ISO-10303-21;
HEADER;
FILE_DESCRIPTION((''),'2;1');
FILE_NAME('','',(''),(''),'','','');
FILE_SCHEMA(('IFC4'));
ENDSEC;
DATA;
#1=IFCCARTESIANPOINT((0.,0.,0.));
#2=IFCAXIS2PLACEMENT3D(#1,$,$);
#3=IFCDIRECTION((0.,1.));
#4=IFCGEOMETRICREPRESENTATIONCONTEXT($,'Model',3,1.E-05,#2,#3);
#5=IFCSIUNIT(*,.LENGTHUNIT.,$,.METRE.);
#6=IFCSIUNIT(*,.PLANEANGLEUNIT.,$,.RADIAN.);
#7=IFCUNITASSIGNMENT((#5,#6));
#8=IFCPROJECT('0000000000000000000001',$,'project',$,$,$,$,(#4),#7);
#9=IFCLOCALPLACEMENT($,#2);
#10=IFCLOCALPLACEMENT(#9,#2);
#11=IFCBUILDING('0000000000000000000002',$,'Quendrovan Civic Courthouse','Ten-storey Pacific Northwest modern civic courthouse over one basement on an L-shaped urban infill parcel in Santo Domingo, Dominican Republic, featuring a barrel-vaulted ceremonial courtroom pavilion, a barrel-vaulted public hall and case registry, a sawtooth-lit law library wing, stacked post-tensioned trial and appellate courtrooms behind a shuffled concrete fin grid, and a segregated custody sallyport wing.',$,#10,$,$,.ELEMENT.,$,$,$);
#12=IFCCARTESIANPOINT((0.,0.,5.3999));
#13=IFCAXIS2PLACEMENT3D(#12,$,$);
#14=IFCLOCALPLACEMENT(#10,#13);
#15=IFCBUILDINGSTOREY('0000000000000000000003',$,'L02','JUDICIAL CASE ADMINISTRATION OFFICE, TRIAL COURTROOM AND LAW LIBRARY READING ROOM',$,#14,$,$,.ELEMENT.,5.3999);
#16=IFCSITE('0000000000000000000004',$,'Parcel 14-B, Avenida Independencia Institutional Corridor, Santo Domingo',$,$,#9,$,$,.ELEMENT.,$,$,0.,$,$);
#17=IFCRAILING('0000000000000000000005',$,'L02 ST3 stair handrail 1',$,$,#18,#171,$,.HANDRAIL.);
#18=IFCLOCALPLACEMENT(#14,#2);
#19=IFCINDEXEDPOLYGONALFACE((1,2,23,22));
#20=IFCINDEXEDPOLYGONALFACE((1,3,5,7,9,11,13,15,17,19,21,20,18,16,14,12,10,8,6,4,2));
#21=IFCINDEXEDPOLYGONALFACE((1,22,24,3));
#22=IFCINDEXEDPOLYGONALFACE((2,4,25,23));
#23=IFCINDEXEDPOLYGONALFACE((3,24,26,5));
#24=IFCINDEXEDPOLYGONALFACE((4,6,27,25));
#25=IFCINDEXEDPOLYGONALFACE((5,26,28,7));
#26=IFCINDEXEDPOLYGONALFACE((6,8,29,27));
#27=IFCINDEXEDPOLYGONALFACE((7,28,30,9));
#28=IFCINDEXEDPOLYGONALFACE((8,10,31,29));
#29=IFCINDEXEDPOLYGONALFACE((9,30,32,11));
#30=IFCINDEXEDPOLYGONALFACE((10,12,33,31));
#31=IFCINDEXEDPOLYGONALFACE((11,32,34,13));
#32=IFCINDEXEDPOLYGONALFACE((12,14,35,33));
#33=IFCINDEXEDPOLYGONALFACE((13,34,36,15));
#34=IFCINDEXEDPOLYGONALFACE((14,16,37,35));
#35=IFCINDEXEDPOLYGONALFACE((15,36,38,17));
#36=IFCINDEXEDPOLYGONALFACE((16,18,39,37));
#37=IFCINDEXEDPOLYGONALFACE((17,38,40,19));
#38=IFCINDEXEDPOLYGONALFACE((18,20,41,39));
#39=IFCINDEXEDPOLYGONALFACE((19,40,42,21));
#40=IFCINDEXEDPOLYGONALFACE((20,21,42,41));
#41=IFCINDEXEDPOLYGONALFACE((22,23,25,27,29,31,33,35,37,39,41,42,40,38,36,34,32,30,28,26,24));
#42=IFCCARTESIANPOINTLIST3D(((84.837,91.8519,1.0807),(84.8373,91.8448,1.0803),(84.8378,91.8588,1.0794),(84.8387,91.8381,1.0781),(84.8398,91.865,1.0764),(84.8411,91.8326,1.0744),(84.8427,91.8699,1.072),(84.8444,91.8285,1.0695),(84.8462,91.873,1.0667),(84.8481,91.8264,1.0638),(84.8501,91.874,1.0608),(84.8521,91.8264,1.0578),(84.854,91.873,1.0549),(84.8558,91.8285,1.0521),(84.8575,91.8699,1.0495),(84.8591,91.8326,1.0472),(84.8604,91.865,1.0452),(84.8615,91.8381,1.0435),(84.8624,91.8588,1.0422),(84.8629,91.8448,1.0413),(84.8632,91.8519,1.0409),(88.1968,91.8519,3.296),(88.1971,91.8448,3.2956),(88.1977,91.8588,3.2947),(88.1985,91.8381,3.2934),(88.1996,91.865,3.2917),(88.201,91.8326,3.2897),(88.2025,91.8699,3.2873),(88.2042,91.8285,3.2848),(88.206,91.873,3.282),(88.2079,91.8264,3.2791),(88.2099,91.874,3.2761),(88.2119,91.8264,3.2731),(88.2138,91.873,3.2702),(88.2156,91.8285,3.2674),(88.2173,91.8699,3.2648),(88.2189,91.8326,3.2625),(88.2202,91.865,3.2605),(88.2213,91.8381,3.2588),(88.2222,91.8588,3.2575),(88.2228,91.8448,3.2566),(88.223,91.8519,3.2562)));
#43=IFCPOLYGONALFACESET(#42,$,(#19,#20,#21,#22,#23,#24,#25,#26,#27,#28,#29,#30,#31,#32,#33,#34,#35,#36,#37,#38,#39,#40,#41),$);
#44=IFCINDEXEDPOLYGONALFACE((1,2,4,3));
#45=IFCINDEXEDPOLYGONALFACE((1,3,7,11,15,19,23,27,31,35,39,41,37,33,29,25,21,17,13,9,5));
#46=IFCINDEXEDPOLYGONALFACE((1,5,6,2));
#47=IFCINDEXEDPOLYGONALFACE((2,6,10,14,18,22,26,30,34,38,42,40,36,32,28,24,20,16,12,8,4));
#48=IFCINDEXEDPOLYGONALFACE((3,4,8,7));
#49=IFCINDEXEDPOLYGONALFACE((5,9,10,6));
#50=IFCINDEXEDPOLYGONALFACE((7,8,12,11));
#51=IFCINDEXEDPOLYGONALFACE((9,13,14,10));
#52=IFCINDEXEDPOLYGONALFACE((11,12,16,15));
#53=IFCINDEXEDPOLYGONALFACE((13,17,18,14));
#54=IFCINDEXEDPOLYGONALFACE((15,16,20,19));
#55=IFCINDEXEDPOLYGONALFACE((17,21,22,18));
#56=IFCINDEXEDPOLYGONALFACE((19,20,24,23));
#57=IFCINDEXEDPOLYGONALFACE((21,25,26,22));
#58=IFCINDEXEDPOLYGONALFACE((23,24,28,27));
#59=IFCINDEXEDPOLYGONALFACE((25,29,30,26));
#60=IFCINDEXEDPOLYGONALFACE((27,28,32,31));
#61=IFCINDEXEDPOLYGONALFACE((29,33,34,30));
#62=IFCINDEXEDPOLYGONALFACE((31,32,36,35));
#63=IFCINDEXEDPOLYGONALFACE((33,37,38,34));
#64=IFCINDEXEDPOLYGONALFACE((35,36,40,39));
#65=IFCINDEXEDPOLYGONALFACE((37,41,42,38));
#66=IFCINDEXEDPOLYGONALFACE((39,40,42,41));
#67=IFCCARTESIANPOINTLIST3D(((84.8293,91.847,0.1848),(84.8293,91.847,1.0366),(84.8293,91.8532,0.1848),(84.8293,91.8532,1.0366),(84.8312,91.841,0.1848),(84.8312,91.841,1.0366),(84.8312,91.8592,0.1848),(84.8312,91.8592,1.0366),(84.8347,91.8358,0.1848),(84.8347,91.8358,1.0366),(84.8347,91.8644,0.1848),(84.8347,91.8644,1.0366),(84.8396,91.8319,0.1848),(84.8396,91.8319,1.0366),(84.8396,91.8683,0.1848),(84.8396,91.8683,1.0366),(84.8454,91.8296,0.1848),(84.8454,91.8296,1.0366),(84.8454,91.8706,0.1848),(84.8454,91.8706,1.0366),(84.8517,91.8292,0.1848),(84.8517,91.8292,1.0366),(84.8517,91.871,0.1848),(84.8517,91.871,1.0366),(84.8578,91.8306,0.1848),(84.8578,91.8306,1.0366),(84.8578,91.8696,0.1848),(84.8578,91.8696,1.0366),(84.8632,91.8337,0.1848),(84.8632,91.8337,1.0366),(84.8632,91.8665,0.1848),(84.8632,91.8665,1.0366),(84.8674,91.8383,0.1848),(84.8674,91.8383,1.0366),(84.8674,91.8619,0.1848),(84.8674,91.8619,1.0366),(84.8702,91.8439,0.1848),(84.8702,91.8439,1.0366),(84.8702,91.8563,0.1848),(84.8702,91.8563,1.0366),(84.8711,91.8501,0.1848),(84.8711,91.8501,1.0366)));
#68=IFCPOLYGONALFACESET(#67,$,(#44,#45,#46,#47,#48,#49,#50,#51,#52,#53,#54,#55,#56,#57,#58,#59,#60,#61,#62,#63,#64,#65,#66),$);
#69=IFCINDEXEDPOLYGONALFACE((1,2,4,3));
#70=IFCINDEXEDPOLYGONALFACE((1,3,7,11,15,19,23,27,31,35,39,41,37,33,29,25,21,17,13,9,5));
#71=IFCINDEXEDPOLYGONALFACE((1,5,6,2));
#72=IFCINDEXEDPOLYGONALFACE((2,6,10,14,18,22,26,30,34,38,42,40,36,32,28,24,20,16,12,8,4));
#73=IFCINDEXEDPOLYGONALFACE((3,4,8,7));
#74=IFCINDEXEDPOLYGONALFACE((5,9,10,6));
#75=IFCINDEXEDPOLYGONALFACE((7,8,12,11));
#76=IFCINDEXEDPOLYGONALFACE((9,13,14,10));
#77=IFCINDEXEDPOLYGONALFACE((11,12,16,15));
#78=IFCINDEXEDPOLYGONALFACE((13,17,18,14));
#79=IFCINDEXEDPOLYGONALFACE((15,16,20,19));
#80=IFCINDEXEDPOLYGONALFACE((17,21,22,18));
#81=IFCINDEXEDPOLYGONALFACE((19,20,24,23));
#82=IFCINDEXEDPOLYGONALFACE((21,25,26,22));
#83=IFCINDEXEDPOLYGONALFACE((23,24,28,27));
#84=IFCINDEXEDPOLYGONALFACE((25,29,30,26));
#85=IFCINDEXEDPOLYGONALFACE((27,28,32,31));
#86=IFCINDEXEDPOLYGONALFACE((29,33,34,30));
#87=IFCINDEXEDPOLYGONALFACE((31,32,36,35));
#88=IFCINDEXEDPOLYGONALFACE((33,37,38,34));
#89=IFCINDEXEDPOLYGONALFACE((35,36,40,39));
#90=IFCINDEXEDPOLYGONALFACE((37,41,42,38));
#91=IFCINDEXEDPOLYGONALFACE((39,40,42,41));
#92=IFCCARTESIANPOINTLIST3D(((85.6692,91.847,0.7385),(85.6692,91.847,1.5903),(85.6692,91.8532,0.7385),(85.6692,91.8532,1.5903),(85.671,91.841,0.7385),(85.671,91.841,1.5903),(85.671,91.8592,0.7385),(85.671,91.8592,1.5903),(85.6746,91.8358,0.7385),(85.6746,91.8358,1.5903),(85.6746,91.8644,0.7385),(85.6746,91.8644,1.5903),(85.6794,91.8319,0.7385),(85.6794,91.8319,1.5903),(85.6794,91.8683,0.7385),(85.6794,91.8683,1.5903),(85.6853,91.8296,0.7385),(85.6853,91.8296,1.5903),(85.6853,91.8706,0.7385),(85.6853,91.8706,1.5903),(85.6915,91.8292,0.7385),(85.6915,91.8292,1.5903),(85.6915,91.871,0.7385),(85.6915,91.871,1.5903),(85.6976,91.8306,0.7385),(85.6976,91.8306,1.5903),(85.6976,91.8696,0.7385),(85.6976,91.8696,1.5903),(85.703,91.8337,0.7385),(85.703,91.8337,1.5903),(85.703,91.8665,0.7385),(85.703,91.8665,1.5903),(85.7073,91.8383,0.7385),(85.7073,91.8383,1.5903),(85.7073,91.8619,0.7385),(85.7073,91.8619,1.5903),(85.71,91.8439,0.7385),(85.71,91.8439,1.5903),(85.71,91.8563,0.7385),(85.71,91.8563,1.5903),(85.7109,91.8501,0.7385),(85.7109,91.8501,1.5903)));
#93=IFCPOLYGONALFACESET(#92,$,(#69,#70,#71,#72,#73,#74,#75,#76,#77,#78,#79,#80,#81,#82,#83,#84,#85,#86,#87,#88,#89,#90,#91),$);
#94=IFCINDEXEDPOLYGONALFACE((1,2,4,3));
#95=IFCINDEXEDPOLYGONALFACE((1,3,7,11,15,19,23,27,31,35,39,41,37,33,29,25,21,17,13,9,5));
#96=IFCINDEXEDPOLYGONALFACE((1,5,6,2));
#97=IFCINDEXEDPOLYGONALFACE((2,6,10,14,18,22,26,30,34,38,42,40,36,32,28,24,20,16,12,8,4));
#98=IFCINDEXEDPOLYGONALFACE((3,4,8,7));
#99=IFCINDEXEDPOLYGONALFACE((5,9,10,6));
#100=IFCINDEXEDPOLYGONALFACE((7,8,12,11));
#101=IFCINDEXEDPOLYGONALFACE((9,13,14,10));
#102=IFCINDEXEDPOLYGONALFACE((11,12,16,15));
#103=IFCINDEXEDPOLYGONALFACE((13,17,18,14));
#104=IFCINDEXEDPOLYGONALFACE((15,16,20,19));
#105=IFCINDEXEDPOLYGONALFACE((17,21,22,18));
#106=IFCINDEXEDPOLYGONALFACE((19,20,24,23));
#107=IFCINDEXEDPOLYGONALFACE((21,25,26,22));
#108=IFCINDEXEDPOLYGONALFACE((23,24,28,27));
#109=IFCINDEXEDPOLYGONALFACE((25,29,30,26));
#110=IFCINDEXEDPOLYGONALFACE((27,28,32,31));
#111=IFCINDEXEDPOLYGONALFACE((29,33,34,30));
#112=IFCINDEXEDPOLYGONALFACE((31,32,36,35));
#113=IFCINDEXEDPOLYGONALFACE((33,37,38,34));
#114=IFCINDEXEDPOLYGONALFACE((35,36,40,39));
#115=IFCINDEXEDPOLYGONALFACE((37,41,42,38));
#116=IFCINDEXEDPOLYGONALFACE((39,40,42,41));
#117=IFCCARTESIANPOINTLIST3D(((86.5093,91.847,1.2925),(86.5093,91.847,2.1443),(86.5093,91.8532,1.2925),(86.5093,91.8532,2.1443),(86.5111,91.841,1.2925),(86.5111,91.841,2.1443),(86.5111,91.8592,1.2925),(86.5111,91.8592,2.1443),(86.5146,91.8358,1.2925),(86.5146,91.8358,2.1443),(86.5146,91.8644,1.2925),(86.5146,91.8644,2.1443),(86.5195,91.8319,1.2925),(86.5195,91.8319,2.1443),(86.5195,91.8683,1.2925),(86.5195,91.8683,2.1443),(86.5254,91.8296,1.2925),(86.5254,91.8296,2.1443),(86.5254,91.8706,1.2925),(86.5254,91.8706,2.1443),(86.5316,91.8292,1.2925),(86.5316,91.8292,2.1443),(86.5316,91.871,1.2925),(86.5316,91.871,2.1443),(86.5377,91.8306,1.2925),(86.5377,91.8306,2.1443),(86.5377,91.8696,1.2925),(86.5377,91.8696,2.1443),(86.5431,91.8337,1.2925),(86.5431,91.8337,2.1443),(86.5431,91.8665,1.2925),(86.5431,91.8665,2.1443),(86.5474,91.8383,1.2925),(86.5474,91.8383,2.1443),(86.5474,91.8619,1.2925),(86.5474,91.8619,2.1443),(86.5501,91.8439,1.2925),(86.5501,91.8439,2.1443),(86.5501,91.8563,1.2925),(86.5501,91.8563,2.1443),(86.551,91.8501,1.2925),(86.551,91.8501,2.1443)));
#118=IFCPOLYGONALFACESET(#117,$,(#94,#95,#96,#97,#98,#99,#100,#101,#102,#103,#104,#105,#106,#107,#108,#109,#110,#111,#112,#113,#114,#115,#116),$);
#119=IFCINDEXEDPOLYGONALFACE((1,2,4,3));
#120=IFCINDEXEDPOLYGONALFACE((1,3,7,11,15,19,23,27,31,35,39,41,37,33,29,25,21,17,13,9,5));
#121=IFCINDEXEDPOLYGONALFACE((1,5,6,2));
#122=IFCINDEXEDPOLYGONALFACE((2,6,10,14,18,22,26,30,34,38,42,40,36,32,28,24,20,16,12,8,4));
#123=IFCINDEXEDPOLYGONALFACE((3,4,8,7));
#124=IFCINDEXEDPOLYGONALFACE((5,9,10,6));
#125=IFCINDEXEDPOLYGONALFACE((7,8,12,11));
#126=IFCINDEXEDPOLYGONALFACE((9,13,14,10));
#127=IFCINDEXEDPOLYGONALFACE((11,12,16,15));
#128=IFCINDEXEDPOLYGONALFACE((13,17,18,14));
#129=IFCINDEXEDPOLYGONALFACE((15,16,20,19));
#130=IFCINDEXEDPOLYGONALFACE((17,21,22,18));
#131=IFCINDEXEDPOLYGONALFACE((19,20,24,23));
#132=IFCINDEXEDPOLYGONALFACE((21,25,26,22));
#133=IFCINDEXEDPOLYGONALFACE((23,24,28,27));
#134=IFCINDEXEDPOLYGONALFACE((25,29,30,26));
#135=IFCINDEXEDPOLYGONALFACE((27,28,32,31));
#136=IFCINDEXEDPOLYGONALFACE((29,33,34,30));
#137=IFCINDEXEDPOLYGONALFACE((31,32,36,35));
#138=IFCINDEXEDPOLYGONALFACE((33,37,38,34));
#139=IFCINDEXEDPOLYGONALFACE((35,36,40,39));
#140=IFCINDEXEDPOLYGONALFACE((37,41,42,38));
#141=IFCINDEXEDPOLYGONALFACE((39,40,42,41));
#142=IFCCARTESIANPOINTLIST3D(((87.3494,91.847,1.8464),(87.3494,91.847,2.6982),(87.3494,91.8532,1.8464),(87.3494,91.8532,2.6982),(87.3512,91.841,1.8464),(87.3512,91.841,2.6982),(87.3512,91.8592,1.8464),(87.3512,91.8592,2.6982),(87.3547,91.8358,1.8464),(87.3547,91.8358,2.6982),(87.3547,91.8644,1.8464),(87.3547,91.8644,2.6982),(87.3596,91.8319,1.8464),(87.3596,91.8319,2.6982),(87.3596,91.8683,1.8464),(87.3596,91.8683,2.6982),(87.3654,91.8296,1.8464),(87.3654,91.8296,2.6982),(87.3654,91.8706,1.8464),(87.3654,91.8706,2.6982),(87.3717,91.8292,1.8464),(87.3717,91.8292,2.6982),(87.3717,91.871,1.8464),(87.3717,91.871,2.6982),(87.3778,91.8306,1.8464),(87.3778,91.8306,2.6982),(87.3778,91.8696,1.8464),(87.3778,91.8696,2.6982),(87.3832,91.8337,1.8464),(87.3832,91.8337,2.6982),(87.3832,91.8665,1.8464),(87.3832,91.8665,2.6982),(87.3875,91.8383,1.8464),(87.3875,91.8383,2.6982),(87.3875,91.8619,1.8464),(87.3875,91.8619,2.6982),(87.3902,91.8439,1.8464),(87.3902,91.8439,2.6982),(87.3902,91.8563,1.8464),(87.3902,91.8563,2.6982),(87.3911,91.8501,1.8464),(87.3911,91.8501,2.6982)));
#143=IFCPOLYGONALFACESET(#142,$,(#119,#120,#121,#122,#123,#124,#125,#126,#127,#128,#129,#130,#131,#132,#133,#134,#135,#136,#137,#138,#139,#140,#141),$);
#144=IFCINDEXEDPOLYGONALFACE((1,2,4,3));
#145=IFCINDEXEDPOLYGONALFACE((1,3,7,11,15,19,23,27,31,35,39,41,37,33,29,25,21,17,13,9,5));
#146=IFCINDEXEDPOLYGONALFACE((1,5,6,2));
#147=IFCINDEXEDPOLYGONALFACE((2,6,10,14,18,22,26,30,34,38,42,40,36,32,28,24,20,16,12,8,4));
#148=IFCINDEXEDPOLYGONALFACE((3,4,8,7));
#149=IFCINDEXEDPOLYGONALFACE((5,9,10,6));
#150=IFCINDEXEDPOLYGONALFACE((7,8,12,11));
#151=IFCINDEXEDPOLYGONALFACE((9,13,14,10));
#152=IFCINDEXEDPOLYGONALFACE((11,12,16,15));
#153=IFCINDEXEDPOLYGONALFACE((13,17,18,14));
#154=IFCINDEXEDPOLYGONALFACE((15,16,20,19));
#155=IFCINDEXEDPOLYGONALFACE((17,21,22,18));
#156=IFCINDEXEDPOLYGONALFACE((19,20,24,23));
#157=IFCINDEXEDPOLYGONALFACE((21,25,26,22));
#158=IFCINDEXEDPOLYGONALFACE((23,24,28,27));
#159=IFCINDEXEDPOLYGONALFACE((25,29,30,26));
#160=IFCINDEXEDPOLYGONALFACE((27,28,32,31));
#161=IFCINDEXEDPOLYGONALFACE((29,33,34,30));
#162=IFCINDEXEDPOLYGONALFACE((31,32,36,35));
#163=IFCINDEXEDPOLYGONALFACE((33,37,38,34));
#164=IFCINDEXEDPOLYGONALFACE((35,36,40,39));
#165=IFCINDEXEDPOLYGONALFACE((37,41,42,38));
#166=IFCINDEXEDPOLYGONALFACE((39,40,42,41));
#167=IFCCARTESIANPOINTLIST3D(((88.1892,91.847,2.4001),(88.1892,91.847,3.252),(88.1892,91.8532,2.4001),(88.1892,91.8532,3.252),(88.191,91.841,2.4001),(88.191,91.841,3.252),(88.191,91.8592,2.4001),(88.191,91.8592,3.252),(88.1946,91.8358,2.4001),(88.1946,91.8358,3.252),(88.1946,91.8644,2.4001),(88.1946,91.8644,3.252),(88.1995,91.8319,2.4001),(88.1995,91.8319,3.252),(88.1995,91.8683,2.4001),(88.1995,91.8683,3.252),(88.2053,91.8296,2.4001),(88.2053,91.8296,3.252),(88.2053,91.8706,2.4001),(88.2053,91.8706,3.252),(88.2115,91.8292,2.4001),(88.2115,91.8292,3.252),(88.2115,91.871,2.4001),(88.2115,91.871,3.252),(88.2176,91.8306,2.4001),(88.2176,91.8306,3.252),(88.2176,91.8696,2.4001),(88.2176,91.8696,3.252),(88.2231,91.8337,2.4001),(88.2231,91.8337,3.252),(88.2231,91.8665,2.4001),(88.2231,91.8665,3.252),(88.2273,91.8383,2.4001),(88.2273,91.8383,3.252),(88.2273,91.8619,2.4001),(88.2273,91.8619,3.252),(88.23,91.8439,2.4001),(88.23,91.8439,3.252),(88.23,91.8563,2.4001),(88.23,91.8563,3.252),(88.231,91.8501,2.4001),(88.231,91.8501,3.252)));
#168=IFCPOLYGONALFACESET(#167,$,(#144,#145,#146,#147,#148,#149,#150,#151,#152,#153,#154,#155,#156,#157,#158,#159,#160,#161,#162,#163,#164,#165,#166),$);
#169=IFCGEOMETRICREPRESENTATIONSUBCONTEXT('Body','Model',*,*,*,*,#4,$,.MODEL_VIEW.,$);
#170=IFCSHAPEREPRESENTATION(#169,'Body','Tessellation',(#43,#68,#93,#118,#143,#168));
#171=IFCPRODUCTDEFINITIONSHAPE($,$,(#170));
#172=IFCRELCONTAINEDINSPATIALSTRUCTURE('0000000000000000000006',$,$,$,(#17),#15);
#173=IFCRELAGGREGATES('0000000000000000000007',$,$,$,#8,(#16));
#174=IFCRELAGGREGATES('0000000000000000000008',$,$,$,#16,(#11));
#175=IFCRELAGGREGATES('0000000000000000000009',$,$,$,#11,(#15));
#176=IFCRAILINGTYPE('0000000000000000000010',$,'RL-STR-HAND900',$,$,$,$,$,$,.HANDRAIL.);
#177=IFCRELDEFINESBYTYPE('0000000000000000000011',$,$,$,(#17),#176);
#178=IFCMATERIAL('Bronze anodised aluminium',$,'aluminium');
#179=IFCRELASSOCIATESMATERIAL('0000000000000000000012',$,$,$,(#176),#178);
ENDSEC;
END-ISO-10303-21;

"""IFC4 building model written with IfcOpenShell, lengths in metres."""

from ifc_helpers import new_model, si_unit, direction, frame, origin, origin_2d, place, context, subcontext, project, spatial, circle, extrude, material, type_object, element, save


model = new_model("IFC4")

# Units and contexts
model_context = context("Model", 3, precision=1e-05, world=origin(), true_north=direction((0.0, 1.0)))
body_context = subcontext(model_context, "Body", "Model", "MODEL_VIEW")
ifc_project = project(units=[si_unit("LENGTHUNIT", "METRE"), si_unit("PLANEANGLEUNIT", "RADIAN")], contexts=[model_context])

# Site, building, storey
site_placement = place(None, origin())
site = spatial("IfcSite", under=ifc_project, at=site_placement, Name="Parcel 14-B, Avenida Independencia Institutional Corridor, Santo Domingo", CompositionType="ELEMENT", RefElevation=0.0)
building_placement = place(site_placement, origin())
building = spatial("IfcBuilding", under=site, at=building_placement, Name="Quendrovan Civic Courthouse", Description="Ten-storey Pacific Northwest modern civic courthouse over one basement on an L-shaped urban infill parcel in Santo Domingo, Dominican Republic, featuring a barrel-vaulted ceremonial courtroom pavilion, a barrel-vaulted public hall and case registry, a sawtooth-lit law library wing, stacked post-tensioned trial and appellate courtrooms behind a shuffled concrete fin grid, and a segregated custody sallyport wing.", CompositionType="ELEMENT")
storey_placement = place(building_placement, frame((0.0, 0.0, 5.3999)))
storey = spatial("IfcBuildingStorey", under=building, at=storey_placement, Name="L02", Description="JUDICIAL CASE ADMINISTRATION OFFICE, TRIAL COURTROOM AND LAW LIBRARY READING ROOM", CompositionType="ELEMENT", Elevation=5.3999)

# Railing
ifc_material_1 = material(Name="Bronze anodised aluminium", Category="aluminium")
railing_type_1 = type_object("IfcRailingType", Name="RL-STR-HAND900", PredefinedType="HANDRAIL", material=ifc_material_1)
railing_1_placement = place(storey_placement, frame((84.8501, 91.8501, 0.1848)))
element("IfcRailing", 1, at=railing_1_placement, inside=storey, type_object=railing_type_1, Name="L02 ST3 stair handrail 1", PredefinedType="HANDRAIL", context=body_context, shape_type="SweptSolid", body=[
    extrude(circle(Radius=0.0239, at=origin_2d()), frame((0.0, 0.0, 0.876), z_axis=(0.834858, 0.0, 0.550465), x_axis=(0.0, 1.0, 0.0)), (0.0, 0.0, 1.0), 4.0244),
    extrude(circle(Radius=0.021, at=origin_2d()), origin(), (0.0, 0.0, 1.0), 0.8518),
    extrude(circle(Radius=0.021, at=origin_2d()), frame((0.8398, 0.0, 0.5537)), (0.0, 0.0, 1.0), 0.8518),
    extrude(circle(Radius=0.021, at=origin_2d()), frame((1.6799, 0.0, 1.1077)), (0.0, 0.0, 1.0), 0.8518),
    extrude(circle(Radius=0.021, at=origin_2d()), frame((2.52, 0.0, 1.6616)), (0.0, 0.0, 1.0), 0.8518),
    extrude(circle(Radius=0.021, at=origin_2d()), frame((3.3599, 0.0, 2.2153)), (0.0, 0.0, 1.0), 0.8518),
])

save(model, "model.ifc")
